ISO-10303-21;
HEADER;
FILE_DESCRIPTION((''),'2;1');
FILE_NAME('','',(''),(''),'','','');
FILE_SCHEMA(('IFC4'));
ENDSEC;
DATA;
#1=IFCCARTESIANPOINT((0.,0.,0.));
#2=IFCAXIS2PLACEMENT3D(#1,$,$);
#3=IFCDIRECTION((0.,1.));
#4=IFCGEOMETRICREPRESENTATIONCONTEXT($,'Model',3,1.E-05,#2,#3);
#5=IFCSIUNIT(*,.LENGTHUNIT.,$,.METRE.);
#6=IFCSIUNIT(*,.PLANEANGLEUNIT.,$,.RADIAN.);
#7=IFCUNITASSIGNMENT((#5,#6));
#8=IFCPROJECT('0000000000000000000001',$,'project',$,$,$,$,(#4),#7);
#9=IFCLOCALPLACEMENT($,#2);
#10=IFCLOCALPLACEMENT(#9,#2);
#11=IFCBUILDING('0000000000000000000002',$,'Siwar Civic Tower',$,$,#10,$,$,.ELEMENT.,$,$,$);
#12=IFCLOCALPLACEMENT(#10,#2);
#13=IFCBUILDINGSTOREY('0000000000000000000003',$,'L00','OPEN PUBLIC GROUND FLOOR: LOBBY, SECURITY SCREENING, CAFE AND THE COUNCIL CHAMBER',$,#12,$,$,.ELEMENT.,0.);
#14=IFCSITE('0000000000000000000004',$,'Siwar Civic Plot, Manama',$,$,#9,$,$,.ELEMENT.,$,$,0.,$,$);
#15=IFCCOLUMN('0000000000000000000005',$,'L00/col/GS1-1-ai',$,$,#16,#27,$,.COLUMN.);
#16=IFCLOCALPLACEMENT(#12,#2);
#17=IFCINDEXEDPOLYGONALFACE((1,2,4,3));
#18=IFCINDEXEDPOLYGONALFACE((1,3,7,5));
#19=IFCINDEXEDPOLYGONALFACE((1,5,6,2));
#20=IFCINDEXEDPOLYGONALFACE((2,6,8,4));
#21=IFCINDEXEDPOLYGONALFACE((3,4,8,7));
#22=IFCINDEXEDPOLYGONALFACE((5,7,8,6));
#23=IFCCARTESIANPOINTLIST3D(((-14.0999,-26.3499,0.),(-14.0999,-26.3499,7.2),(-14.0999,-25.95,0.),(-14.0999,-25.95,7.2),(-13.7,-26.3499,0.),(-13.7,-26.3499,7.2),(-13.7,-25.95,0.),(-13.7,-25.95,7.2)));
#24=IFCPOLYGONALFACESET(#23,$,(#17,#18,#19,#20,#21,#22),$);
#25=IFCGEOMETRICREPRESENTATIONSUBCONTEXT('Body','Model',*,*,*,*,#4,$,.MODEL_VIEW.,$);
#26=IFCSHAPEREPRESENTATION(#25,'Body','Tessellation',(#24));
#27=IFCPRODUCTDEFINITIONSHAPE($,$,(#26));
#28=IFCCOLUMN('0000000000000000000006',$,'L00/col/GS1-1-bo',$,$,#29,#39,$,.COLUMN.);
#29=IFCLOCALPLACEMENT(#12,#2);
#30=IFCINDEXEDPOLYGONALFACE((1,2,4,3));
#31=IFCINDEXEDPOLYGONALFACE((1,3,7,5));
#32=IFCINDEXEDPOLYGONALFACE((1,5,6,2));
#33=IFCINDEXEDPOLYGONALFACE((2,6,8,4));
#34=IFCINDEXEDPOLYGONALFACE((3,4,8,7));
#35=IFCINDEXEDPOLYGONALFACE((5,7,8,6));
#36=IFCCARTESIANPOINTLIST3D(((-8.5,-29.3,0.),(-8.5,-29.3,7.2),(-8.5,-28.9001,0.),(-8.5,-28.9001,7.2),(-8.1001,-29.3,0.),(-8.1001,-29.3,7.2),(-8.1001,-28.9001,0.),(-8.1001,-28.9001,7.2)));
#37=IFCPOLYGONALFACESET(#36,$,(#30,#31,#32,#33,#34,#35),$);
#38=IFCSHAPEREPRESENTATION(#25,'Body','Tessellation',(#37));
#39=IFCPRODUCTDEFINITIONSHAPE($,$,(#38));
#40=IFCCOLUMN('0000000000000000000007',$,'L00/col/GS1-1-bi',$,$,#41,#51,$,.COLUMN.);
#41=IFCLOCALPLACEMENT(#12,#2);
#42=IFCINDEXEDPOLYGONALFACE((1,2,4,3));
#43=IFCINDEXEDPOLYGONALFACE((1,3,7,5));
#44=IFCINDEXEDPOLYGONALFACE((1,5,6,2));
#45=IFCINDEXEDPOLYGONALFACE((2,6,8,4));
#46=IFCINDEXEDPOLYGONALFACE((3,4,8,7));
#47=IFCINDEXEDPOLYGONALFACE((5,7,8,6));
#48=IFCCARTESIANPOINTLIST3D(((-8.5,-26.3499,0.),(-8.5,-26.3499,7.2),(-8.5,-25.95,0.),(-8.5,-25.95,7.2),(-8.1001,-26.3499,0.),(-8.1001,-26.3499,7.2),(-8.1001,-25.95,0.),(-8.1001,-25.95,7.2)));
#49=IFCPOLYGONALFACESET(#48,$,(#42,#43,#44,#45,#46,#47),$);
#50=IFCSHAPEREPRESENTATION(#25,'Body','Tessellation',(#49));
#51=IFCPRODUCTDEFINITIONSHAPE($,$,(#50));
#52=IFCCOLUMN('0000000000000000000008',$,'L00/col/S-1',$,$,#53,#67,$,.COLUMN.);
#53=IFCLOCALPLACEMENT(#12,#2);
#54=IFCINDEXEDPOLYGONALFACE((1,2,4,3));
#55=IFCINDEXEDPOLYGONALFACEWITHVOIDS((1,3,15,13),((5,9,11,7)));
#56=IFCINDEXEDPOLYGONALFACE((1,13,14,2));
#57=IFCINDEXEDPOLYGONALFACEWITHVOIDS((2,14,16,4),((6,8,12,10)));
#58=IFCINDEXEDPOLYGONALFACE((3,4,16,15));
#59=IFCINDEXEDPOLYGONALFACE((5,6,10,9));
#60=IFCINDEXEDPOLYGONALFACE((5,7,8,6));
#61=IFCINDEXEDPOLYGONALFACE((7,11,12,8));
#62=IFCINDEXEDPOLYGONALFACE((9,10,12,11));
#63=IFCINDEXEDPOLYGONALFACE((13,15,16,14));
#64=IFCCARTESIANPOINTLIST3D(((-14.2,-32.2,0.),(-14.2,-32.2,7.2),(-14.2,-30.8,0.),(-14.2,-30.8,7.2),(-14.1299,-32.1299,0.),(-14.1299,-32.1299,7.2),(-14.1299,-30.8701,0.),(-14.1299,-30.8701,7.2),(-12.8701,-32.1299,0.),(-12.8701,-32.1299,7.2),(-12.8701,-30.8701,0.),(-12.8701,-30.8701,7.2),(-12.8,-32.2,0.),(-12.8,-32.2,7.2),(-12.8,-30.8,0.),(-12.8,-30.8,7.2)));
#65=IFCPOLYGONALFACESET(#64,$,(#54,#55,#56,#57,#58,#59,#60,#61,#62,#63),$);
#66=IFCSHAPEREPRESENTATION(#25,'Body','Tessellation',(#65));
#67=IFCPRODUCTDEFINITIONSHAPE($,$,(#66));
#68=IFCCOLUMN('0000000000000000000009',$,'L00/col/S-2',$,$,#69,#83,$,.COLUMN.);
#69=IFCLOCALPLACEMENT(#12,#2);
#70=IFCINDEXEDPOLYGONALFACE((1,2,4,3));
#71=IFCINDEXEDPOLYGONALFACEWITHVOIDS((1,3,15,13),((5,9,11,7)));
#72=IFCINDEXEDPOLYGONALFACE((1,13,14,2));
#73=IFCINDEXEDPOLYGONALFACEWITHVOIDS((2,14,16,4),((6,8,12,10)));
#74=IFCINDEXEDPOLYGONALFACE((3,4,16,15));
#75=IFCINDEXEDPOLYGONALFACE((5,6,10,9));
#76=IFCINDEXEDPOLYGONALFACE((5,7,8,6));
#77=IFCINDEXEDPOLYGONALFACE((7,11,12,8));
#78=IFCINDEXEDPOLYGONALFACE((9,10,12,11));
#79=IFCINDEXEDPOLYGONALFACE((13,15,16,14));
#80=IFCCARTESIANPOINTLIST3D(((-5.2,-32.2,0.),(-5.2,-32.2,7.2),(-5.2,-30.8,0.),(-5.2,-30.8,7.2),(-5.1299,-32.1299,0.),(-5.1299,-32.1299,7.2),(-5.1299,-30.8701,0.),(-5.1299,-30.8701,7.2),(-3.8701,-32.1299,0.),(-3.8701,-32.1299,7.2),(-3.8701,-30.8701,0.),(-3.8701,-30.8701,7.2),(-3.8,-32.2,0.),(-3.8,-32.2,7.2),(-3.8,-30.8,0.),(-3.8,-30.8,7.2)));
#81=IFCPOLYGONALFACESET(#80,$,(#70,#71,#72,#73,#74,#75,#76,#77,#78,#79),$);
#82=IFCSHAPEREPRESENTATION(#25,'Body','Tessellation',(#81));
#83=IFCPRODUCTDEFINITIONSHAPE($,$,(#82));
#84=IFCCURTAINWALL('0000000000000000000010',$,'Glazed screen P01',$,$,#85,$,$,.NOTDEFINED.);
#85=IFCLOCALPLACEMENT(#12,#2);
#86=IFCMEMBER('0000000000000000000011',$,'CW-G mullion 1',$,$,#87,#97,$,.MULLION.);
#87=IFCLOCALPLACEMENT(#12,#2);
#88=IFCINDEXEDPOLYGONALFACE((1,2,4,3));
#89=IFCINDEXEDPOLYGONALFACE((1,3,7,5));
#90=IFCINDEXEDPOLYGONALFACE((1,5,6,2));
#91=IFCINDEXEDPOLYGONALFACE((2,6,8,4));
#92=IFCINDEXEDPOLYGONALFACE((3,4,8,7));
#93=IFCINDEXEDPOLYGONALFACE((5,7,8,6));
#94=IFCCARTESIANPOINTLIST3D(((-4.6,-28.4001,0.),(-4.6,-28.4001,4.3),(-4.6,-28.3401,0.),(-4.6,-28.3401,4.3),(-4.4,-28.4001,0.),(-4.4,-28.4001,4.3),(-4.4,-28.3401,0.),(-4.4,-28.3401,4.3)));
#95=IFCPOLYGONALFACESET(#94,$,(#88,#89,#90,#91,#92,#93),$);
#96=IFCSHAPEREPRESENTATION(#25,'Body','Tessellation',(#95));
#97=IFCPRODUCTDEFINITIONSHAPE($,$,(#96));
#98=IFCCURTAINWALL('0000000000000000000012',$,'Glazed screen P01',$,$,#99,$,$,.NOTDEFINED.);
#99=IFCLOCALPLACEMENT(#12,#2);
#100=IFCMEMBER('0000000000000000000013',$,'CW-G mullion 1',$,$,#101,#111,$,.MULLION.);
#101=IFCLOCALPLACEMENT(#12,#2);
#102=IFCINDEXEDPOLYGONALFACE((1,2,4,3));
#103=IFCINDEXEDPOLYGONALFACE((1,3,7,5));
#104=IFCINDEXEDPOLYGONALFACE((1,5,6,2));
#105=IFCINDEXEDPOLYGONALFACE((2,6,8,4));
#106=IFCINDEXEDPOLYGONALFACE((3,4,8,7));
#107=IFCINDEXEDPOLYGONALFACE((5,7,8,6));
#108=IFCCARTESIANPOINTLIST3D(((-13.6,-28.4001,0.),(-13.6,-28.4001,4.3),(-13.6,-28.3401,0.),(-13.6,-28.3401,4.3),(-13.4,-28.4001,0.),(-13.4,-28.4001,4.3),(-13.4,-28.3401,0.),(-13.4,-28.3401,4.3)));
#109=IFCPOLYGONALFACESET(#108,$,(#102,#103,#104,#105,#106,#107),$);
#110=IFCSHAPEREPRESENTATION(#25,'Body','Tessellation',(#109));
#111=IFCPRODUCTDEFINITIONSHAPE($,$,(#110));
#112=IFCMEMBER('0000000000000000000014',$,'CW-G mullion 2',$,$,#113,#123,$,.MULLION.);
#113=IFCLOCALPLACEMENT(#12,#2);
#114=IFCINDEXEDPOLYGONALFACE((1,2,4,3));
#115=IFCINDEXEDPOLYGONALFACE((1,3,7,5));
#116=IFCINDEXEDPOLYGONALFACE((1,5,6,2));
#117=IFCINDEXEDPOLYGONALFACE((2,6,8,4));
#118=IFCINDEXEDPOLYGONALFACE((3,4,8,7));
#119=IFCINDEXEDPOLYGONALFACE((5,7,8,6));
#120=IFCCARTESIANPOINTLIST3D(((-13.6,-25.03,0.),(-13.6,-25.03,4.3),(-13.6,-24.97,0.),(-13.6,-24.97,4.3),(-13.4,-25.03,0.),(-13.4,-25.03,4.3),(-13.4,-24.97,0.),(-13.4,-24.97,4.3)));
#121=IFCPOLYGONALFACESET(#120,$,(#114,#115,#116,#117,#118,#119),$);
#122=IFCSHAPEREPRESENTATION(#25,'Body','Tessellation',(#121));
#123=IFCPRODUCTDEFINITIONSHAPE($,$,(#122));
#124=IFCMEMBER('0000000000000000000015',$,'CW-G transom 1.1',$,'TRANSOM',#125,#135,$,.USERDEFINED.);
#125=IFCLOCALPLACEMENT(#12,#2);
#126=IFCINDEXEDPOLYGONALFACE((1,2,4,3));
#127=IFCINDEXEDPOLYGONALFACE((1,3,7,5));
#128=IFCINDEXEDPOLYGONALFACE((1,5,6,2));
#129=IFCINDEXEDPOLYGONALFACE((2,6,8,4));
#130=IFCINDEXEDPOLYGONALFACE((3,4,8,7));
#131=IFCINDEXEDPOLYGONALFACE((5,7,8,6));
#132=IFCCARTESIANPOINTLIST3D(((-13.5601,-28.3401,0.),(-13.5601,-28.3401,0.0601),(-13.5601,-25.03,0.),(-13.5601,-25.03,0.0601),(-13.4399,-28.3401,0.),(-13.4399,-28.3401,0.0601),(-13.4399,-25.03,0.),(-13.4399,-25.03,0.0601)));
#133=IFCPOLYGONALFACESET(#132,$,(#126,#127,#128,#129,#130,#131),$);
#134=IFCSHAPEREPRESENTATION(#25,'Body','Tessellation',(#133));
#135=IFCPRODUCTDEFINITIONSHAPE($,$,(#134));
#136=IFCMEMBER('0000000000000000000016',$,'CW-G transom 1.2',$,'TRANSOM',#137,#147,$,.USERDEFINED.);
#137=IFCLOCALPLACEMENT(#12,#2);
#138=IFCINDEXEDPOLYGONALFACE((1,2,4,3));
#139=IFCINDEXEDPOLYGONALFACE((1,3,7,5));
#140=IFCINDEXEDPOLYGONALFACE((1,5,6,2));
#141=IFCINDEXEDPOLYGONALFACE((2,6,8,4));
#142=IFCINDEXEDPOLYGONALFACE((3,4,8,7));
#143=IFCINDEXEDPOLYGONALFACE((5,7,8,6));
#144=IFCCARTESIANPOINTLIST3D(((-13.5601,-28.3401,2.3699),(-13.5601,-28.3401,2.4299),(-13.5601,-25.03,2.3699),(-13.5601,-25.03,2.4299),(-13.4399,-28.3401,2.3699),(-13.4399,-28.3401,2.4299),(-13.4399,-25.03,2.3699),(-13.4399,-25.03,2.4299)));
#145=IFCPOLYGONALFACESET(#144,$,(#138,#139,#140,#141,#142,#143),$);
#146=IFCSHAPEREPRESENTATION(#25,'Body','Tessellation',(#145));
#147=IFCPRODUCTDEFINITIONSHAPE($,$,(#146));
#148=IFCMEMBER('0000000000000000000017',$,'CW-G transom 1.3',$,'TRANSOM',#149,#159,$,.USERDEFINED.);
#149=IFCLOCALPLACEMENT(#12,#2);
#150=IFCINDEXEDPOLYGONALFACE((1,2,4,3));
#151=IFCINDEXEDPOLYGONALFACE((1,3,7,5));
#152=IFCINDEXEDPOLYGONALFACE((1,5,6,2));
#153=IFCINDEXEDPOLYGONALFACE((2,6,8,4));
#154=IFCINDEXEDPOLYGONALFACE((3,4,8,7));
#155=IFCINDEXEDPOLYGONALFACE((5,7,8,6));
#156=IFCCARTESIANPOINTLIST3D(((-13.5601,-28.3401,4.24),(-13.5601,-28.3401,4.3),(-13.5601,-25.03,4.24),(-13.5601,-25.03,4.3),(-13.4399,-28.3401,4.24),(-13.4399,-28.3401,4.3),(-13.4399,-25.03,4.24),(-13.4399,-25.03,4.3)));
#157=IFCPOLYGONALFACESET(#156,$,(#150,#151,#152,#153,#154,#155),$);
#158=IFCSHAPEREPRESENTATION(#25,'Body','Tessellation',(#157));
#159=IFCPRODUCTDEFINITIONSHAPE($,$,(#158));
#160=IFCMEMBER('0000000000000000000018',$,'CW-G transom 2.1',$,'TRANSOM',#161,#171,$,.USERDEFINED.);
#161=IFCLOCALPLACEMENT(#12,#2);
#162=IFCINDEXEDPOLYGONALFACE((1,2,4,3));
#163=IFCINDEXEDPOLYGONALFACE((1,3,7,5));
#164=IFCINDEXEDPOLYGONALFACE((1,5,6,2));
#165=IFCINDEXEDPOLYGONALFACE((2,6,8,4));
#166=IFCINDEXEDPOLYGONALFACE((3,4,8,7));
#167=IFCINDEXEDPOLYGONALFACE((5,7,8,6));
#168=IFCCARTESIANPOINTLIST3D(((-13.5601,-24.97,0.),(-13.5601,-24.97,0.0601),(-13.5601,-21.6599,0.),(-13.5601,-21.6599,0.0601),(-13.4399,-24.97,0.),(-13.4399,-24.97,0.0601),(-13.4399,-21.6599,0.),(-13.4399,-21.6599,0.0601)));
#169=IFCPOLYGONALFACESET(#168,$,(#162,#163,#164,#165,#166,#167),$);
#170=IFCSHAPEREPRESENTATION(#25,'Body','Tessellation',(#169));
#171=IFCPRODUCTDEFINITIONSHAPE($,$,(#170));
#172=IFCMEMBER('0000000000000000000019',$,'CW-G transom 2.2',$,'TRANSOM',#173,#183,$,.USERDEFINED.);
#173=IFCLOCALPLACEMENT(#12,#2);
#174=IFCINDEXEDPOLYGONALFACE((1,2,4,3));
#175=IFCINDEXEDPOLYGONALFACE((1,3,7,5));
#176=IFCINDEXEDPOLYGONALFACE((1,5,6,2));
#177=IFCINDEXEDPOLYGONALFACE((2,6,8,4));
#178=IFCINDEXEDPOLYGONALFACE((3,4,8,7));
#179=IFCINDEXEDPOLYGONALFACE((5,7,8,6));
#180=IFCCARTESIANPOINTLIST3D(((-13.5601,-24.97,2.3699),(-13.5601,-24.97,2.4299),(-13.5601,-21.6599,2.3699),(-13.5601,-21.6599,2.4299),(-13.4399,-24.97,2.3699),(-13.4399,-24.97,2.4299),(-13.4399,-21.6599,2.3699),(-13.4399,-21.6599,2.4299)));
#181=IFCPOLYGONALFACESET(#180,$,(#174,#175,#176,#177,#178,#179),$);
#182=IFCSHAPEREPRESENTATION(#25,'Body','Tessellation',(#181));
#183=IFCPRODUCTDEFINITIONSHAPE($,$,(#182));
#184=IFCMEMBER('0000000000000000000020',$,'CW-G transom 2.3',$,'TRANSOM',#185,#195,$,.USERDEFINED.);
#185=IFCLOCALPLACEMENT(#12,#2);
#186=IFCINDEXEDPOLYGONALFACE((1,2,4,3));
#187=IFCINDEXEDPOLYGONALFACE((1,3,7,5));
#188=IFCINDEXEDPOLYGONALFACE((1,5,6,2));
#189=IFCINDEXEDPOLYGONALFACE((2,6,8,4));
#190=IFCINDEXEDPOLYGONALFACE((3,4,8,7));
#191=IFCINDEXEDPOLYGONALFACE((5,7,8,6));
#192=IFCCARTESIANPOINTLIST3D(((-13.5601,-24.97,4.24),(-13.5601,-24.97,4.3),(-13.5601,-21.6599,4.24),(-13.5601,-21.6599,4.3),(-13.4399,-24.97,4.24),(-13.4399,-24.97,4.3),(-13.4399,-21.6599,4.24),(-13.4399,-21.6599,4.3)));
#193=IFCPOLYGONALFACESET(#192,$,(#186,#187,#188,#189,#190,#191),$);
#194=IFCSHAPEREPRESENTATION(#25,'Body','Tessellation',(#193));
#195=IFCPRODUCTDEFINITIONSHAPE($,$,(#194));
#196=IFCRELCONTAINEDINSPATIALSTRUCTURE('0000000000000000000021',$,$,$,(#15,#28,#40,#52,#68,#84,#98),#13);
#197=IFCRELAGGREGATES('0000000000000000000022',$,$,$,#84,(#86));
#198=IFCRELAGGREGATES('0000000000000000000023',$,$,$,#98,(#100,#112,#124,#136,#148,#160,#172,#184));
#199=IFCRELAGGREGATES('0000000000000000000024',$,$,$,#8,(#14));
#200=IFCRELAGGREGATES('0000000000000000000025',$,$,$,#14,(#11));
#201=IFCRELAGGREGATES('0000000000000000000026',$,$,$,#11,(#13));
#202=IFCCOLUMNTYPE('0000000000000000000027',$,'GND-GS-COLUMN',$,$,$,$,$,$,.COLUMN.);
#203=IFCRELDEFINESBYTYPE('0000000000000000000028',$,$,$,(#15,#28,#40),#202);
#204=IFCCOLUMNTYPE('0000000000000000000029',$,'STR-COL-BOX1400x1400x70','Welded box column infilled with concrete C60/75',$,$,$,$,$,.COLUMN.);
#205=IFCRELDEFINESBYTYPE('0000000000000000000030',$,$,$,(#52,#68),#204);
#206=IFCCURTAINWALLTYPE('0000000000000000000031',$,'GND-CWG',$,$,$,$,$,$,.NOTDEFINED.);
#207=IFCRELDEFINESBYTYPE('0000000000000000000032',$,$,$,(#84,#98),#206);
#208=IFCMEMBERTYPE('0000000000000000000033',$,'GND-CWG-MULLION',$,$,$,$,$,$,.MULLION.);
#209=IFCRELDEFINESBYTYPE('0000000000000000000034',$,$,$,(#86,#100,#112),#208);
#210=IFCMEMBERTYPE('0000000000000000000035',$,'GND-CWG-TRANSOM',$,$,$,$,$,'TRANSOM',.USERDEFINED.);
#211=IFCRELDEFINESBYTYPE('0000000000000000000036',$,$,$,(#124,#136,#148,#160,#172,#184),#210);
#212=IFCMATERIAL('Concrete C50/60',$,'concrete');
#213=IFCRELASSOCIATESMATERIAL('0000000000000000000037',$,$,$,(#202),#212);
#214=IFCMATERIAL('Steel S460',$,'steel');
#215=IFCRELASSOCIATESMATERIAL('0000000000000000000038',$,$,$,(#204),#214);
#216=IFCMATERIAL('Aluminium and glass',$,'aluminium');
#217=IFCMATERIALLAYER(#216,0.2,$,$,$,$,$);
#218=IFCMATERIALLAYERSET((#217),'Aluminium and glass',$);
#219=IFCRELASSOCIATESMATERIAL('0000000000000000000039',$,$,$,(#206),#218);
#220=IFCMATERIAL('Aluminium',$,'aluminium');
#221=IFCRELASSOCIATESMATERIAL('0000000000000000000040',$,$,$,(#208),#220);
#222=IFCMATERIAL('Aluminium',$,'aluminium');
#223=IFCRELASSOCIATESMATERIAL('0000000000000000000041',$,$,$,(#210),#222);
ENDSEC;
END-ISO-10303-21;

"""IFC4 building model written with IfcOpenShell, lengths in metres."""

from ifc_helpers import new_model, si_unit, direction, frame, origin, origin_2d, place, context, subcontext, project, spatial, rectangle, hollow_rectangle, extrude, material, layer, layer_set, material_profile, profile_set, type_object, element, aggregate, save


model = new_model("IFC4")

# Units and contexts
model_context = context("Model", 3, precision=1e-05, world=origin(), true_north=direction((0.0, 1.0)))
body_context = subcontext(model_context, "Body", "Model", "MODEL_VIEW")
ifc_project = project(units=[si_unit("LENGTHUNIT", "METRE"), si_unit("PLANEANGLEUNIT", "RADIAN")], contexts=[model_context])

# Site, building, storey
site_placement = place(None, origin())
site = spatial("IfcSite", under=ifc_project, at=site_placement, Name="Siwar Civic Plot, Manama", CompositionType="ELEMENT", RefElevation=0.0)
building_placement = place(site_placement, origin())
building = spatial("IfcBuilding", under=site, at=building_placement, Name="Siwar Civic Tower", CompositionType="ELEMENT")
storey_placement = place(building_placement, origin())
storey = spatial("IfcBuildingStorey", under=building, at=storey_placement, Name="L00", Description="OPEN PUBLIC GROUND FLOOR: LOBBY, SECURITY SCREENING, CAFE AND THE COUNCIL CHAMBER", CompositionType="ELEMENT", Elevation=0.0)

# Columns
ifc_material_1 = material(Name="Concrete C50/60", Category="concrete")
ifc_material_profile_1 = material_profile(ifc_material_1, rectangle(XDim=0.3999, YDim=0.3999, at=origin_2d()), Name="RC400x400")
ifc_profile_set_1 = profile_set([ifc_material_profile_1], Name="Concrete C50/60")
column_type_1 = type_object("IfcColumnType", Name="GND-GS-COLUMN", PredefinedType="COLUMN", material=ifc_profile_set_1)
for number, where, z_axis, x_axis, name in (
    (1, (-13.8999, -26.1499, 0.0), (0.0, 0.0, 1.0), (1.0, 0.0, 0.0), "L00/col/GS1-1-ai"),
    (2, (-8.3, -29.1001, 0.0), (0.0, 0.0, 1.0), (1.0, 0.0, 0.0), "L00/col/GS1-1-bo"),
    (3, (-8.3, -26.1499, 0.0), (0.0, 0.0, 1.0), (1.0, 0.0, 0.0), "L00/col/GS1-1-bi"),
):
    element("IfcColumn", number, at=place(storey_placement, frame(where, z_axis=z_axis, x_axis=x_axis)), inside=storey, type_object=column_type_1, Name=name, PredefinedType="COLUMN", context=body_context, shape_type="SweptSolid", body=[
        extrude(rectangle(XDim=0.3999, YDim=0.3999, at=origin_2d()), origin(), (0.0, 0.0, 1.0), 7.2),
    ])
ifc_material_2 = material(Name="Steel S460", Category="steel")
ifc_material_profile_2 = material_profile(ifc_material_2, hollow_rectangle(XDim=1.3999, YDim=1.3999, WallThickness=0.0701, at=origin_2d()), Name="BOX1400x1400x70")
ifc_profile_set_2 = profile_set([ifc_material_profile_2], Name="Steel S460")
column_type_2 = type_object("IfcColumnType", Name="STR-COL-BOX1400x1400x70", Description="Welded box column infilled with concrete C60/75", PredefinedType="COLUMN", material=ifc_profile_set_2)
for number, where, z_axis, x_axis, name in (
    (4, (-13.5, -31.5, 0.0), (0.0, 0.0, 1.0), (1.0, 0.0, 0.0), "L00/col/S-1"),
    (5, (-4.5, -31.5, 0.0), (0.0, 0.0, 1.0), (1.0, 0.0, 0.0), "L00/col/S-2"),
):
    element("IfcColumn", number, at=place(storey_placement, frame(where, z_axis=z_axis, x_axis=x_axis)), inside=storey, type_object=column_type_2, Name=name, PredefinedType="COLUMN", context=body_context, shape_type="SweptSolid", body=[
        extrude(hollow_rectangle(XDim=1.3999, YDim=1.3999, WallThickness=0.0701, at=origin_2d()), origin(), (0.0, 0.0, 1.0), 7.2),
    ])

# Curtain wall, member
ifc_material_3 = material(Name="Aluminium and glass", Category="aluminium")
ifc_layer_1 = layer(ifc_material_3, 0.2)
ifc_layer_set_1 = layer_set([ifc_layer_1], Name="Aluminium and glass")
curtain_wall_type = type_object("IfcCurtainWallType", Name="GND-CWG", PredefinedType="NOTDEFINED", material=ifc_layer_set_1)
curtain_wall_1_placement = place(storey_placement, origin())
curtain_wall_1 = element("IfcCurtainWall", 6, at=curtain_wall_1_placement, inside=storey, type_object=curtain_wall_type, Name="Glazed screen P01", PredefinedType="NOTDEFINED")
ifc_material_4 = material(Name="Aluminium", Category="aluminium")
ifc_material_profile_3 = material_profile(ifc_material_4, rectangle(XDim=0.2, YDim=0.0601, at=origin_2d()), Name="AL 200x60")
ifc_profile_set_3 = profile_set([ifc_material_profile_3], Name="Aluminium")
member_type_1 = type_object("IfcMemberType", Name="GND-CWG-MULLION", PredefinedType="MULLION", material=ifc_profile_set_3)
member_1_placement = place(storey_placement, frame((-4.5, -28.3701, 0.0), z_axis=(0.0, 0.0, 1.0), x_axis=(-1.0, 0.0, 0.0)))
member_1 = element("IfcMember", 7, at=member_1_placement, type_object=member_type_1, Name="CW-G mullion 1", PredefinedType="MULLION", context=body_context, shape_type="SweptSolid", body=[
    extrude(rectangle(XDim=0.2, YDim=0.0601, at=origin_2d()), origin(), (0.0, 0.0, 1.0), 4.3),
])
aggregate(curtain_wall_1, [member_1])

# Curtain wall, members
curtain_wall_2_placement = place(storey_placement, origin())
curtain_wall_2 = element("IfcCurtainWall", 8, at=curtain_wall_2_placement, inside=storey, type_object=curtain_wall_type, Name="Glazed screen P01", PredefinedType="NOTDEFINED")
member_2_placement = place(storey_placement, frame((-13.5, -28.3701, 0.0), z_axis=(0.0, 0.0, 1.0), x_axis=(-1.0, 0.0, 0.0)))
member_2 = element("IfcMember", 9, at=member_2_placement, type_object=member_type_1, Name="CW-G mullion 1", PredefinedType="MULLION", context=body_context, shape_type="SweptSolid", body=[
    extrude(rectangle(XDim=0.2, YDim=0.0601, at=origin_2d()), origin(), (0.0, 0.0, 1.0), 4.3),
])
member_3_placement = place(storey_placement, frame((-13.5, -25.0, 0.0), z_axis=(0.0, 0.0, 1.0), x_axis=(-1.0, 0.0, 0.0)))
member_3 = element("IfcMember", 10, at=member_3_placement, type_object=member_type_1, Name="CW-G mullion 2", PredefinedType="MULLION", context=body_context, shape_type="SweptSolid", body=[
    extrude(rectangle(XDim=0.2, YDim=0.0601, at=origin_2d()), origin(), (0.0, 0.0, 1.0), 4.3),
])
ifc_material_5 = material(Name="Aluminium", Category="aluminium")
ifc_material_profile_4 = material_profile(ifc_material_5, rectangle(XDim=0.1201, YDim=0.0601, at=origin_2d()), Name="AL 120x60")
ifc_profile_set_4 = profile_set([ifc_material_profile_4], Name="Aluminium")
member_type_2 = type_object("IfcMemberType", Name="GND-CWG-TRANSOM", ElementType="TRANSOM", PredefinedType="USERDEFINED", material=ifc_profile_set_4)
member_4_placement = place(storey_placement, frame((-13.5, -28.3401, 0.03), z_axis=(0.0, 1.0, 0.0), x_axis=(-1.0, 0.0, 0.0)))
member_4 = element("IfcMember", 11, at=member_4_placement, type_object=member_type_2, Name="CW-G transom 1.1", ObjectType="TRANSOM", PredefinedType="USERDEFINED", context=body_context, shape_type="SweptSolid", body=[
    extrude(rectangle(XDim=0.1201, YDim=0.0601, at=origin_2d()), origin(), (0.0, 0.0, 1.0), 3.3101),
])
member_5_placement = place(storey_placement, frame((-13.5, -28.3401, 2.3999), z_axis=(0.0, 1.0, 0.0), x_axis=(-1.0, 0.0, 0.0)))
member_5 = element("IfcMember", 12, at=member_5_placement, type_object=member_type_2, Name="CW-G transom 1.2", ObjectType="TRANSOM", PredefinedType="USERDEFINED", context=body_context, shape_type="SweptSolid", body=[
    extrude(rectangle(XDim=0.1201, YDim=0.0601, at=origin_2d()), origin(), (0.0, 0.0, 1.0), 3.3101),
])
member_6_placement = place(storey_placement, frame((-13.5, -28.3401, 4.27), z_axis=(0.0, 1.0, 0.0), x_axis=(-1.0, 0.0, 0.0)))
member_6 = element("IfcMember", 13, at=member_6_placement, type_object=member_type_2, Name="CW-G transom 1.3", ObjectType="TRANSOM", PredefinedType="USERDEFINED", context=body_context, shape_type="SweptSolid", body=[
    extrude(rectangle(XDim=0.1201, YDim=0.0601, at=origin_2d()), origin(), (0.0, 0.0, 1.0), 3.3101),
])
member_7_placement = place(storey_placement, frame((-13.5, -24.97, 0.03), z_axis=(0.0, 1.0, 0.0), x_axis=(-1.0, 0.0, 0.0)))
member_7 = element("IfcMember", 14, at=member_7_placement, type_object=member_type_2, Name="CW-G transom 2.1", ObjectType="TRANSOM", PredefinedType="USERDEFINED", context=body_context, shape_type="SweptSolid", body=[
    extrude(rectangle(XDim=0.1201, YDim=0.0601, at=origin_2d()), origin(), (0.0, 0.0, 1.0), 3.3101),
])
member_8_placement = place(storey_placement, frame((-13.5, -24.97, 2.3999), z_axis=(0.0, 1.0, 0.0), x_axis=(-1.0, 0.0, 0.0)))
member_8 = element("IfcMember", 15, at=member_8_placement, type_object=member_type_2, Name="CW-G transom 2.2", ObjectType="TRANSOM", PredefinedType="USERDEFINED", context=body_context, shape_type="SweptSolid", body=[
    extrude(rectangle(XDim=0.1201, YDim=0.0601, at=origin_2d()), origin(), (0.0, 0.0, 1.0), 3.3101),
])
member_9_placement = place(storey_placement, frame((-13.5, -24.97, 4.27), z_axis=(0.0, 1.0, 0.0), x_axis=(-1.0, 0.0, 0.0)))
member_9 = element("IfcMember", 16, at=member_9_placement, type_object=member_type_2, Name="CW-G transom 2.3", ObjectType="TRANSOM", PredefinedType="USERDEFINED", context=body_context, shape_type="SweptSolid", body=[
    extrude(rectangle(XDim=0.1201, YDim=0.0601, at=origin_2d()), origin(), (0.0, 0.0, 1.0), 3.3101),
])

aggregate(curtain_wall_2, [member_2, member_3, member_4, member_5, member_6, member_7, member_8, member_9])

save(model, "model.ifc")
